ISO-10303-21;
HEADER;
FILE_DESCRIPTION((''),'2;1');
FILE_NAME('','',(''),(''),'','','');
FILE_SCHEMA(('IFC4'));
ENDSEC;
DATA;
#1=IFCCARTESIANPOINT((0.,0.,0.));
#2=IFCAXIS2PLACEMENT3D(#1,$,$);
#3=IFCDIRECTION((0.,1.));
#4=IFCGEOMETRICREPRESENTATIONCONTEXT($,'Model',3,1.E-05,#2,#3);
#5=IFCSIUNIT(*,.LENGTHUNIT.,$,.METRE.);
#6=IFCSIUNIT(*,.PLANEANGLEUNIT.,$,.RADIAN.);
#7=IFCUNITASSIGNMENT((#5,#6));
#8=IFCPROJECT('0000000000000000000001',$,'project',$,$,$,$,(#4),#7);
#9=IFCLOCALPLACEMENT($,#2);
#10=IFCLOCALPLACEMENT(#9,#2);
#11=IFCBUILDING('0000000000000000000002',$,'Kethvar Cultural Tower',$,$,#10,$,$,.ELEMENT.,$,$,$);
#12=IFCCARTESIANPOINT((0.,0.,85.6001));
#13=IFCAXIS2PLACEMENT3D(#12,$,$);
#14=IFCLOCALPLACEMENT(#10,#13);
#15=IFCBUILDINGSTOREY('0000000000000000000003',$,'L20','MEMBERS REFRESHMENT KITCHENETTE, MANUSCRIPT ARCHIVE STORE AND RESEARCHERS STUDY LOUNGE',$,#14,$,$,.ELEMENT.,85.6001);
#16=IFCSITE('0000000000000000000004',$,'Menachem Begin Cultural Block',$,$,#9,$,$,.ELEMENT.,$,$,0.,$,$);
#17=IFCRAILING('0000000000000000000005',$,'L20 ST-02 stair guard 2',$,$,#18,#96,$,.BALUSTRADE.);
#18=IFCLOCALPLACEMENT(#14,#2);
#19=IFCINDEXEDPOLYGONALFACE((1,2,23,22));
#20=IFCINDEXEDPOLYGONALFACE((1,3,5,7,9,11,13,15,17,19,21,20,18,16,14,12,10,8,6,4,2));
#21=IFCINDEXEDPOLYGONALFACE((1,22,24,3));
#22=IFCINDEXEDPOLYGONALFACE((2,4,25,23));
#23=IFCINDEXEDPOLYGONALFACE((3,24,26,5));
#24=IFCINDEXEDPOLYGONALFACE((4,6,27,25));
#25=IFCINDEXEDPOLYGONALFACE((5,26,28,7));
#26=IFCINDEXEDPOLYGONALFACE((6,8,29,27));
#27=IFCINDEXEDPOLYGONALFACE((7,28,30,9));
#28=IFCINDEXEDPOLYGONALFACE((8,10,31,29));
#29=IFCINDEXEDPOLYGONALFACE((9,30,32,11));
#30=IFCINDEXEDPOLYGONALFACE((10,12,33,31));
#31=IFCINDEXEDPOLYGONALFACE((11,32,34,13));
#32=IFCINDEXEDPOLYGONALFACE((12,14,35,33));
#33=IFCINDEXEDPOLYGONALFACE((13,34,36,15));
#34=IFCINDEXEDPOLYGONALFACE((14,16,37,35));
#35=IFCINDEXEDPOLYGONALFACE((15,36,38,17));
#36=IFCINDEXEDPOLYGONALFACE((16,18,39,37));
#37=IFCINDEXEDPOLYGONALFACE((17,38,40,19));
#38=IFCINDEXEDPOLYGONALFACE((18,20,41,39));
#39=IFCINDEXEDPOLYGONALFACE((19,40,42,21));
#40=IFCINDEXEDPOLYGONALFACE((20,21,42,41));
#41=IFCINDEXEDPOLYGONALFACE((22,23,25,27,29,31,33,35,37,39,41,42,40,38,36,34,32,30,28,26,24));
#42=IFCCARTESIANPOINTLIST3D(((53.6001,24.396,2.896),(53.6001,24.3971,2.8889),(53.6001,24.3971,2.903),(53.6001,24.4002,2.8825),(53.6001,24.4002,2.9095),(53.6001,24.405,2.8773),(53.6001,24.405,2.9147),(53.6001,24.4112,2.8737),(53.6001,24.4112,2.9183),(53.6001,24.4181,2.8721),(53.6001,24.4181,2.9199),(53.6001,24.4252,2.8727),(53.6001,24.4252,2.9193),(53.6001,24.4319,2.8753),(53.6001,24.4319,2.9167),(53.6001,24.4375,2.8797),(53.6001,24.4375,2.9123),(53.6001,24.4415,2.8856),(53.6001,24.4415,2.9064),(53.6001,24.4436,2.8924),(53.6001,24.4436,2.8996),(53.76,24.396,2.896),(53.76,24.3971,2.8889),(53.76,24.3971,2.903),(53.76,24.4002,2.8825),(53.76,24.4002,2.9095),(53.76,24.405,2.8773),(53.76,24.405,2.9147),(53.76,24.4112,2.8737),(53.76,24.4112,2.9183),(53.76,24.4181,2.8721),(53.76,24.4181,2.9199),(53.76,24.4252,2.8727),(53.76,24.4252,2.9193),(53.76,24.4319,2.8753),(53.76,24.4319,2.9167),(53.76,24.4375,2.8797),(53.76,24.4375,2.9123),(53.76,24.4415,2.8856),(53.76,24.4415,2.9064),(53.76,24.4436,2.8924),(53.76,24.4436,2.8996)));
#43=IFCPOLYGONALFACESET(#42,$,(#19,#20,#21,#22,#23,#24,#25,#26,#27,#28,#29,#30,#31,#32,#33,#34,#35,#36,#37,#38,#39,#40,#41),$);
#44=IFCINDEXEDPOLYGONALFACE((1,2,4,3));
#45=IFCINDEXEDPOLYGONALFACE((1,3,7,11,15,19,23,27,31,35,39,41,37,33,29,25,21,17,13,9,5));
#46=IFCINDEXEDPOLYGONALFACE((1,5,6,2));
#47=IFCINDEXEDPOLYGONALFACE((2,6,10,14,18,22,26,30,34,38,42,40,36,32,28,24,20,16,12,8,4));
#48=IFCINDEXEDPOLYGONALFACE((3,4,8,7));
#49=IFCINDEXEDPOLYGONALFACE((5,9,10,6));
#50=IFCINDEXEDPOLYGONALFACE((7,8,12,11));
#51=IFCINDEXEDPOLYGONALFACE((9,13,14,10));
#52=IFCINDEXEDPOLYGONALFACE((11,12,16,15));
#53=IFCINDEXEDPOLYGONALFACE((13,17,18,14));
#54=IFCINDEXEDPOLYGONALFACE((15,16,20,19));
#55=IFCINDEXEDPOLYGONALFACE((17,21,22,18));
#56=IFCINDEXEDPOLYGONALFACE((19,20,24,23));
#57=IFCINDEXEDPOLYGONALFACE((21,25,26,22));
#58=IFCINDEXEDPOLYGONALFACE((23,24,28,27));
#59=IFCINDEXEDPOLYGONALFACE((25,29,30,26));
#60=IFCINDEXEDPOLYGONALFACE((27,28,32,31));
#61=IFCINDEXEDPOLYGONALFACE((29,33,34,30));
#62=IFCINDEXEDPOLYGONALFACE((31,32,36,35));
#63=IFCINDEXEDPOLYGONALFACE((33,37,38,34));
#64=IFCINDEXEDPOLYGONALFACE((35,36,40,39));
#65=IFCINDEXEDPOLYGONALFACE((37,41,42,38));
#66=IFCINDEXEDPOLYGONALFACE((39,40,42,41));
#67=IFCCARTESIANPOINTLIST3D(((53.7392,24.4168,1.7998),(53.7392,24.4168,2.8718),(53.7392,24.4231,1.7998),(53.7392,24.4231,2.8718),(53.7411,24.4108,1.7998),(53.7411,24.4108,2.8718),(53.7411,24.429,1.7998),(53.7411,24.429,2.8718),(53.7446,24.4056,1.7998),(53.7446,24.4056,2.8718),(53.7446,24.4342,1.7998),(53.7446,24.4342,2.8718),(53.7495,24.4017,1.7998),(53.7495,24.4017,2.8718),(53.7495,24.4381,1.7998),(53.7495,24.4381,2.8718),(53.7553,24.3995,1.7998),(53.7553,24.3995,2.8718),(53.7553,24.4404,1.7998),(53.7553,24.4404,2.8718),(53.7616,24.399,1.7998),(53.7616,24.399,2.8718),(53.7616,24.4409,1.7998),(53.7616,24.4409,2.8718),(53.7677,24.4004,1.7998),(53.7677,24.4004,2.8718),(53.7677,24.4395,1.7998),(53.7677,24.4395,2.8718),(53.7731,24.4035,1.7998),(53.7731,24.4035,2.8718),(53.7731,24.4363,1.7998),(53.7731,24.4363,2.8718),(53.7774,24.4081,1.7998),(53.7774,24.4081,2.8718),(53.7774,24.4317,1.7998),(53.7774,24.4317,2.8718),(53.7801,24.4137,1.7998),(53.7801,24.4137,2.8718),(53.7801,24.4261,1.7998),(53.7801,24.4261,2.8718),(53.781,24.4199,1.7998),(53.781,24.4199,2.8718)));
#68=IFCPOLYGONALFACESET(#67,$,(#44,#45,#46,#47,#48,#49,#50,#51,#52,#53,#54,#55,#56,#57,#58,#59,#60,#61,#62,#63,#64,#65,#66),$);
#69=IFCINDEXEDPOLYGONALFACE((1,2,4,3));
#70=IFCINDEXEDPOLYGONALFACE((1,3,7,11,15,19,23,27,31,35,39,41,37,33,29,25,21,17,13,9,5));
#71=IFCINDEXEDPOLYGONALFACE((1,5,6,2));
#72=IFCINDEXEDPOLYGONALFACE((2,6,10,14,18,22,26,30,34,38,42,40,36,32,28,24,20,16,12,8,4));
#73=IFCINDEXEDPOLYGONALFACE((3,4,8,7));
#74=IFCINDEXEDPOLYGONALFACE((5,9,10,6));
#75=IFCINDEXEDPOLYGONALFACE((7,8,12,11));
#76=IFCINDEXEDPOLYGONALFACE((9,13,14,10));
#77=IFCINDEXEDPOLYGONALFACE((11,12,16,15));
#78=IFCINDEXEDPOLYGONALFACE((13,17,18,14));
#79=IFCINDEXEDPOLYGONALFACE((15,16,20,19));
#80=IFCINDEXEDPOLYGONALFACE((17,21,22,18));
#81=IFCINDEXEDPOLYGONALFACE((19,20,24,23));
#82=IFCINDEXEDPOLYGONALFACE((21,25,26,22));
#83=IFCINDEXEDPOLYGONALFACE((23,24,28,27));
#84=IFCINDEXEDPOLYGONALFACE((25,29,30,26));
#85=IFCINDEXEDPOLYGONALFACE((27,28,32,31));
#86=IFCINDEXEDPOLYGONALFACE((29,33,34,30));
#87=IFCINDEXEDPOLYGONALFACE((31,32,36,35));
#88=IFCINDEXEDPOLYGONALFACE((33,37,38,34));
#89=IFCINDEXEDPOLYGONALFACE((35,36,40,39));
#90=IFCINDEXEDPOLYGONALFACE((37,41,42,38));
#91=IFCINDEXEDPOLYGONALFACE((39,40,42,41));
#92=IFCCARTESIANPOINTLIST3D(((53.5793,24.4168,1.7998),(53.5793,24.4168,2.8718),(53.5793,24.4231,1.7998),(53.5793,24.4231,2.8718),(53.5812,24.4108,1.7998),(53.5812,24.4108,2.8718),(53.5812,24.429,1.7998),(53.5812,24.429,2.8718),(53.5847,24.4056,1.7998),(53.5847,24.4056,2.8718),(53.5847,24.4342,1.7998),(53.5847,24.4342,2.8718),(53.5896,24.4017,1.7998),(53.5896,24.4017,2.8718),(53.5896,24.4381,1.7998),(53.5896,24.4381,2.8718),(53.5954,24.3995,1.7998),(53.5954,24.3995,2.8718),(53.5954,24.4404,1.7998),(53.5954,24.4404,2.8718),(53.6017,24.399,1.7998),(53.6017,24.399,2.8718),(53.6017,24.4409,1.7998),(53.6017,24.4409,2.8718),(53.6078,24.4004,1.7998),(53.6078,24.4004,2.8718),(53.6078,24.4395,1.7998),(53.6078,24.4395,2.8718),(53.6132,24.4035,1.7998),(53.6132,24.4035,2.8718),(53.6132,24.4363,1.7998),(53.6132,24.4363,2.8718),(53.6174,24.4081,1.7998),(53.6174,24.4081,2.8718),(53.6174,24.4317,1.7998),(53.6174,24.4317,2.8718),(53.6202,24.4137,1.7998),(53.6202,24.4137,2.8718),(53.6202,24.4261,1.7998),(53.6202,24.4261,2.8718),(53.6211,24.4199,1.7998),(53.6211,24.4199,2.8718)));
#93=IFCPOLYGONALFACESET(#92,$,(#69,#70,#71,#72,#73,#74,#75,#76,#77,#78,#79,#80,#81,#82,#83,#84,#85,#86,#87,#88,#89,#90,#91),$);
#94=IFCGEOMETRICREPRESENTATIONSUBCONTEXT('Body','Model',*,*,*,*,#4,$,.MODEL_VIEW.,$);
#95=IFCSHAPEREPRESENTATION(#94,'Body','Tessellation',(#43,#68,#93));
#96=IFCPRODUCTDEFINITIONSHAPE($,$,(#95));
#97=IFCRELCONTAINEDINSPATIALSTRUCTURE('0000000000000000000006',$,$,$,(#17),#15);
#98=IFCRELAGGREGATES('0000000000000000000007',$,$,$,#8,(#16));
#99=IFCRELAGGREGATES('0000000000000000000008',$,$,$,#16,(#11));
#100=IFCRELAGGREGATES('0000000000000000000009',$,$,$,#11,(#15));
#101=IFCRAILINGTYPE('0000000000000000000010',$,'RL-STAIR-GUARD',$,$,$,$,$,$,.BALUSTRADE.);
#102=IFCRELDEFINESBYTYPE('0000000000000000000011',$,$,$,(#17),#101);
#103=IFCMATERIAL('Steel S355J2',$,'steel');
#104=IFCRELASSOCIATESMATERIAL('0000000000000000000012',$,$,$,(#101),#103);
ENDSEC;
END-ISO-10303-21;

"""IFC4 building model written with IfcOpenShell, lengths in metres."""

from ifc_helpers import new_model, si_unit, direction, frame, origin, origin_2d, place, context, subcontext, project, spatial, circle, extrude, material, type_object, element, save


model = new_model("IFC4")

# Units and contexts
model_context = context("Model", 3, precision=1e-05, world=origin(), true_north=direction((0.0, 1.0)))
body_context = subcontext(model_context, "Body", "Model", "MODEL_VIEW")
ifc_project = project(units=[si_unit("LENGTHUNIT", "METRE"), si_unit("PLANEANGLEUNIT", "RADIAN")], contexts=[model_context])

# Site, building, storey
site_placement = place(None, origin())
site = spatial("IfcSite", under=ifc_project, at=site_placement, Name="Menachem Begin Cultural Block", CompositionType="ELEMENT", RefElevation=0.0)
building_placement = place(site_placement, origin())
building = spatial("IfcBuilding", under=site, at=building_placement, Name="Kethvar Cultural Tower", CompositionType="ELEMENT")
storey_placement = place(building_placement, frame((0.0, 0.0, 85.6001)))
storey = spatial("IfcBuildingStorey", under=building, at=storey_placement, Name="L20", Description="MEMBERS REFRESHMENT KITCHENETTE, MANUSCRIPT ARCHIVE STORE AND RESEARCHERS STUDY LOUNGE", CompositionType="ELEMENT", Elevation=85.6001)

# Shared definitions
ifc_material_1 = material(Name="Steel S355J2", Category="steel")

# Railing
railing_type_1 = type_object("IfcRailingType", Name="RL-STAIR-GUARD", PredefinedType="BALUSTRADE", material=ifc_material_1)
railing_1_placement = place(storey_placement, frame((53.76, 24.4199, 1.7998)))
element("IfcRailing", 1, at=railing_1_placement, inside=storey, type_object=railing_type_1, Name="L20 ST-02 stair guard 2", PredefinedType="BALUSTRADE", context=body_context, shape_type="SweptSolid", body=[
    extrude(circle(Radius=0.0239, at=origin_2d()), frame((0.0, 0.0, 1.0962), z_axis=(-1.0, 0.0, 0.0), x_axis=(0.0, -1.0, 0.0)), (0.0, 0.0, 1.0), 0.1599),
    extrude(circle(Radius=0.021, at=origin_2d()), origin(), (0.0, 0.0, 1.0), 1.072),
    extrude(circle(Radius=0.021, at=origin_2d()), frame((-0.1599, 0.0, 0.0)), (0.0, 0.0, 1.0), 1.072),
])

save(model, "model.ifc")
